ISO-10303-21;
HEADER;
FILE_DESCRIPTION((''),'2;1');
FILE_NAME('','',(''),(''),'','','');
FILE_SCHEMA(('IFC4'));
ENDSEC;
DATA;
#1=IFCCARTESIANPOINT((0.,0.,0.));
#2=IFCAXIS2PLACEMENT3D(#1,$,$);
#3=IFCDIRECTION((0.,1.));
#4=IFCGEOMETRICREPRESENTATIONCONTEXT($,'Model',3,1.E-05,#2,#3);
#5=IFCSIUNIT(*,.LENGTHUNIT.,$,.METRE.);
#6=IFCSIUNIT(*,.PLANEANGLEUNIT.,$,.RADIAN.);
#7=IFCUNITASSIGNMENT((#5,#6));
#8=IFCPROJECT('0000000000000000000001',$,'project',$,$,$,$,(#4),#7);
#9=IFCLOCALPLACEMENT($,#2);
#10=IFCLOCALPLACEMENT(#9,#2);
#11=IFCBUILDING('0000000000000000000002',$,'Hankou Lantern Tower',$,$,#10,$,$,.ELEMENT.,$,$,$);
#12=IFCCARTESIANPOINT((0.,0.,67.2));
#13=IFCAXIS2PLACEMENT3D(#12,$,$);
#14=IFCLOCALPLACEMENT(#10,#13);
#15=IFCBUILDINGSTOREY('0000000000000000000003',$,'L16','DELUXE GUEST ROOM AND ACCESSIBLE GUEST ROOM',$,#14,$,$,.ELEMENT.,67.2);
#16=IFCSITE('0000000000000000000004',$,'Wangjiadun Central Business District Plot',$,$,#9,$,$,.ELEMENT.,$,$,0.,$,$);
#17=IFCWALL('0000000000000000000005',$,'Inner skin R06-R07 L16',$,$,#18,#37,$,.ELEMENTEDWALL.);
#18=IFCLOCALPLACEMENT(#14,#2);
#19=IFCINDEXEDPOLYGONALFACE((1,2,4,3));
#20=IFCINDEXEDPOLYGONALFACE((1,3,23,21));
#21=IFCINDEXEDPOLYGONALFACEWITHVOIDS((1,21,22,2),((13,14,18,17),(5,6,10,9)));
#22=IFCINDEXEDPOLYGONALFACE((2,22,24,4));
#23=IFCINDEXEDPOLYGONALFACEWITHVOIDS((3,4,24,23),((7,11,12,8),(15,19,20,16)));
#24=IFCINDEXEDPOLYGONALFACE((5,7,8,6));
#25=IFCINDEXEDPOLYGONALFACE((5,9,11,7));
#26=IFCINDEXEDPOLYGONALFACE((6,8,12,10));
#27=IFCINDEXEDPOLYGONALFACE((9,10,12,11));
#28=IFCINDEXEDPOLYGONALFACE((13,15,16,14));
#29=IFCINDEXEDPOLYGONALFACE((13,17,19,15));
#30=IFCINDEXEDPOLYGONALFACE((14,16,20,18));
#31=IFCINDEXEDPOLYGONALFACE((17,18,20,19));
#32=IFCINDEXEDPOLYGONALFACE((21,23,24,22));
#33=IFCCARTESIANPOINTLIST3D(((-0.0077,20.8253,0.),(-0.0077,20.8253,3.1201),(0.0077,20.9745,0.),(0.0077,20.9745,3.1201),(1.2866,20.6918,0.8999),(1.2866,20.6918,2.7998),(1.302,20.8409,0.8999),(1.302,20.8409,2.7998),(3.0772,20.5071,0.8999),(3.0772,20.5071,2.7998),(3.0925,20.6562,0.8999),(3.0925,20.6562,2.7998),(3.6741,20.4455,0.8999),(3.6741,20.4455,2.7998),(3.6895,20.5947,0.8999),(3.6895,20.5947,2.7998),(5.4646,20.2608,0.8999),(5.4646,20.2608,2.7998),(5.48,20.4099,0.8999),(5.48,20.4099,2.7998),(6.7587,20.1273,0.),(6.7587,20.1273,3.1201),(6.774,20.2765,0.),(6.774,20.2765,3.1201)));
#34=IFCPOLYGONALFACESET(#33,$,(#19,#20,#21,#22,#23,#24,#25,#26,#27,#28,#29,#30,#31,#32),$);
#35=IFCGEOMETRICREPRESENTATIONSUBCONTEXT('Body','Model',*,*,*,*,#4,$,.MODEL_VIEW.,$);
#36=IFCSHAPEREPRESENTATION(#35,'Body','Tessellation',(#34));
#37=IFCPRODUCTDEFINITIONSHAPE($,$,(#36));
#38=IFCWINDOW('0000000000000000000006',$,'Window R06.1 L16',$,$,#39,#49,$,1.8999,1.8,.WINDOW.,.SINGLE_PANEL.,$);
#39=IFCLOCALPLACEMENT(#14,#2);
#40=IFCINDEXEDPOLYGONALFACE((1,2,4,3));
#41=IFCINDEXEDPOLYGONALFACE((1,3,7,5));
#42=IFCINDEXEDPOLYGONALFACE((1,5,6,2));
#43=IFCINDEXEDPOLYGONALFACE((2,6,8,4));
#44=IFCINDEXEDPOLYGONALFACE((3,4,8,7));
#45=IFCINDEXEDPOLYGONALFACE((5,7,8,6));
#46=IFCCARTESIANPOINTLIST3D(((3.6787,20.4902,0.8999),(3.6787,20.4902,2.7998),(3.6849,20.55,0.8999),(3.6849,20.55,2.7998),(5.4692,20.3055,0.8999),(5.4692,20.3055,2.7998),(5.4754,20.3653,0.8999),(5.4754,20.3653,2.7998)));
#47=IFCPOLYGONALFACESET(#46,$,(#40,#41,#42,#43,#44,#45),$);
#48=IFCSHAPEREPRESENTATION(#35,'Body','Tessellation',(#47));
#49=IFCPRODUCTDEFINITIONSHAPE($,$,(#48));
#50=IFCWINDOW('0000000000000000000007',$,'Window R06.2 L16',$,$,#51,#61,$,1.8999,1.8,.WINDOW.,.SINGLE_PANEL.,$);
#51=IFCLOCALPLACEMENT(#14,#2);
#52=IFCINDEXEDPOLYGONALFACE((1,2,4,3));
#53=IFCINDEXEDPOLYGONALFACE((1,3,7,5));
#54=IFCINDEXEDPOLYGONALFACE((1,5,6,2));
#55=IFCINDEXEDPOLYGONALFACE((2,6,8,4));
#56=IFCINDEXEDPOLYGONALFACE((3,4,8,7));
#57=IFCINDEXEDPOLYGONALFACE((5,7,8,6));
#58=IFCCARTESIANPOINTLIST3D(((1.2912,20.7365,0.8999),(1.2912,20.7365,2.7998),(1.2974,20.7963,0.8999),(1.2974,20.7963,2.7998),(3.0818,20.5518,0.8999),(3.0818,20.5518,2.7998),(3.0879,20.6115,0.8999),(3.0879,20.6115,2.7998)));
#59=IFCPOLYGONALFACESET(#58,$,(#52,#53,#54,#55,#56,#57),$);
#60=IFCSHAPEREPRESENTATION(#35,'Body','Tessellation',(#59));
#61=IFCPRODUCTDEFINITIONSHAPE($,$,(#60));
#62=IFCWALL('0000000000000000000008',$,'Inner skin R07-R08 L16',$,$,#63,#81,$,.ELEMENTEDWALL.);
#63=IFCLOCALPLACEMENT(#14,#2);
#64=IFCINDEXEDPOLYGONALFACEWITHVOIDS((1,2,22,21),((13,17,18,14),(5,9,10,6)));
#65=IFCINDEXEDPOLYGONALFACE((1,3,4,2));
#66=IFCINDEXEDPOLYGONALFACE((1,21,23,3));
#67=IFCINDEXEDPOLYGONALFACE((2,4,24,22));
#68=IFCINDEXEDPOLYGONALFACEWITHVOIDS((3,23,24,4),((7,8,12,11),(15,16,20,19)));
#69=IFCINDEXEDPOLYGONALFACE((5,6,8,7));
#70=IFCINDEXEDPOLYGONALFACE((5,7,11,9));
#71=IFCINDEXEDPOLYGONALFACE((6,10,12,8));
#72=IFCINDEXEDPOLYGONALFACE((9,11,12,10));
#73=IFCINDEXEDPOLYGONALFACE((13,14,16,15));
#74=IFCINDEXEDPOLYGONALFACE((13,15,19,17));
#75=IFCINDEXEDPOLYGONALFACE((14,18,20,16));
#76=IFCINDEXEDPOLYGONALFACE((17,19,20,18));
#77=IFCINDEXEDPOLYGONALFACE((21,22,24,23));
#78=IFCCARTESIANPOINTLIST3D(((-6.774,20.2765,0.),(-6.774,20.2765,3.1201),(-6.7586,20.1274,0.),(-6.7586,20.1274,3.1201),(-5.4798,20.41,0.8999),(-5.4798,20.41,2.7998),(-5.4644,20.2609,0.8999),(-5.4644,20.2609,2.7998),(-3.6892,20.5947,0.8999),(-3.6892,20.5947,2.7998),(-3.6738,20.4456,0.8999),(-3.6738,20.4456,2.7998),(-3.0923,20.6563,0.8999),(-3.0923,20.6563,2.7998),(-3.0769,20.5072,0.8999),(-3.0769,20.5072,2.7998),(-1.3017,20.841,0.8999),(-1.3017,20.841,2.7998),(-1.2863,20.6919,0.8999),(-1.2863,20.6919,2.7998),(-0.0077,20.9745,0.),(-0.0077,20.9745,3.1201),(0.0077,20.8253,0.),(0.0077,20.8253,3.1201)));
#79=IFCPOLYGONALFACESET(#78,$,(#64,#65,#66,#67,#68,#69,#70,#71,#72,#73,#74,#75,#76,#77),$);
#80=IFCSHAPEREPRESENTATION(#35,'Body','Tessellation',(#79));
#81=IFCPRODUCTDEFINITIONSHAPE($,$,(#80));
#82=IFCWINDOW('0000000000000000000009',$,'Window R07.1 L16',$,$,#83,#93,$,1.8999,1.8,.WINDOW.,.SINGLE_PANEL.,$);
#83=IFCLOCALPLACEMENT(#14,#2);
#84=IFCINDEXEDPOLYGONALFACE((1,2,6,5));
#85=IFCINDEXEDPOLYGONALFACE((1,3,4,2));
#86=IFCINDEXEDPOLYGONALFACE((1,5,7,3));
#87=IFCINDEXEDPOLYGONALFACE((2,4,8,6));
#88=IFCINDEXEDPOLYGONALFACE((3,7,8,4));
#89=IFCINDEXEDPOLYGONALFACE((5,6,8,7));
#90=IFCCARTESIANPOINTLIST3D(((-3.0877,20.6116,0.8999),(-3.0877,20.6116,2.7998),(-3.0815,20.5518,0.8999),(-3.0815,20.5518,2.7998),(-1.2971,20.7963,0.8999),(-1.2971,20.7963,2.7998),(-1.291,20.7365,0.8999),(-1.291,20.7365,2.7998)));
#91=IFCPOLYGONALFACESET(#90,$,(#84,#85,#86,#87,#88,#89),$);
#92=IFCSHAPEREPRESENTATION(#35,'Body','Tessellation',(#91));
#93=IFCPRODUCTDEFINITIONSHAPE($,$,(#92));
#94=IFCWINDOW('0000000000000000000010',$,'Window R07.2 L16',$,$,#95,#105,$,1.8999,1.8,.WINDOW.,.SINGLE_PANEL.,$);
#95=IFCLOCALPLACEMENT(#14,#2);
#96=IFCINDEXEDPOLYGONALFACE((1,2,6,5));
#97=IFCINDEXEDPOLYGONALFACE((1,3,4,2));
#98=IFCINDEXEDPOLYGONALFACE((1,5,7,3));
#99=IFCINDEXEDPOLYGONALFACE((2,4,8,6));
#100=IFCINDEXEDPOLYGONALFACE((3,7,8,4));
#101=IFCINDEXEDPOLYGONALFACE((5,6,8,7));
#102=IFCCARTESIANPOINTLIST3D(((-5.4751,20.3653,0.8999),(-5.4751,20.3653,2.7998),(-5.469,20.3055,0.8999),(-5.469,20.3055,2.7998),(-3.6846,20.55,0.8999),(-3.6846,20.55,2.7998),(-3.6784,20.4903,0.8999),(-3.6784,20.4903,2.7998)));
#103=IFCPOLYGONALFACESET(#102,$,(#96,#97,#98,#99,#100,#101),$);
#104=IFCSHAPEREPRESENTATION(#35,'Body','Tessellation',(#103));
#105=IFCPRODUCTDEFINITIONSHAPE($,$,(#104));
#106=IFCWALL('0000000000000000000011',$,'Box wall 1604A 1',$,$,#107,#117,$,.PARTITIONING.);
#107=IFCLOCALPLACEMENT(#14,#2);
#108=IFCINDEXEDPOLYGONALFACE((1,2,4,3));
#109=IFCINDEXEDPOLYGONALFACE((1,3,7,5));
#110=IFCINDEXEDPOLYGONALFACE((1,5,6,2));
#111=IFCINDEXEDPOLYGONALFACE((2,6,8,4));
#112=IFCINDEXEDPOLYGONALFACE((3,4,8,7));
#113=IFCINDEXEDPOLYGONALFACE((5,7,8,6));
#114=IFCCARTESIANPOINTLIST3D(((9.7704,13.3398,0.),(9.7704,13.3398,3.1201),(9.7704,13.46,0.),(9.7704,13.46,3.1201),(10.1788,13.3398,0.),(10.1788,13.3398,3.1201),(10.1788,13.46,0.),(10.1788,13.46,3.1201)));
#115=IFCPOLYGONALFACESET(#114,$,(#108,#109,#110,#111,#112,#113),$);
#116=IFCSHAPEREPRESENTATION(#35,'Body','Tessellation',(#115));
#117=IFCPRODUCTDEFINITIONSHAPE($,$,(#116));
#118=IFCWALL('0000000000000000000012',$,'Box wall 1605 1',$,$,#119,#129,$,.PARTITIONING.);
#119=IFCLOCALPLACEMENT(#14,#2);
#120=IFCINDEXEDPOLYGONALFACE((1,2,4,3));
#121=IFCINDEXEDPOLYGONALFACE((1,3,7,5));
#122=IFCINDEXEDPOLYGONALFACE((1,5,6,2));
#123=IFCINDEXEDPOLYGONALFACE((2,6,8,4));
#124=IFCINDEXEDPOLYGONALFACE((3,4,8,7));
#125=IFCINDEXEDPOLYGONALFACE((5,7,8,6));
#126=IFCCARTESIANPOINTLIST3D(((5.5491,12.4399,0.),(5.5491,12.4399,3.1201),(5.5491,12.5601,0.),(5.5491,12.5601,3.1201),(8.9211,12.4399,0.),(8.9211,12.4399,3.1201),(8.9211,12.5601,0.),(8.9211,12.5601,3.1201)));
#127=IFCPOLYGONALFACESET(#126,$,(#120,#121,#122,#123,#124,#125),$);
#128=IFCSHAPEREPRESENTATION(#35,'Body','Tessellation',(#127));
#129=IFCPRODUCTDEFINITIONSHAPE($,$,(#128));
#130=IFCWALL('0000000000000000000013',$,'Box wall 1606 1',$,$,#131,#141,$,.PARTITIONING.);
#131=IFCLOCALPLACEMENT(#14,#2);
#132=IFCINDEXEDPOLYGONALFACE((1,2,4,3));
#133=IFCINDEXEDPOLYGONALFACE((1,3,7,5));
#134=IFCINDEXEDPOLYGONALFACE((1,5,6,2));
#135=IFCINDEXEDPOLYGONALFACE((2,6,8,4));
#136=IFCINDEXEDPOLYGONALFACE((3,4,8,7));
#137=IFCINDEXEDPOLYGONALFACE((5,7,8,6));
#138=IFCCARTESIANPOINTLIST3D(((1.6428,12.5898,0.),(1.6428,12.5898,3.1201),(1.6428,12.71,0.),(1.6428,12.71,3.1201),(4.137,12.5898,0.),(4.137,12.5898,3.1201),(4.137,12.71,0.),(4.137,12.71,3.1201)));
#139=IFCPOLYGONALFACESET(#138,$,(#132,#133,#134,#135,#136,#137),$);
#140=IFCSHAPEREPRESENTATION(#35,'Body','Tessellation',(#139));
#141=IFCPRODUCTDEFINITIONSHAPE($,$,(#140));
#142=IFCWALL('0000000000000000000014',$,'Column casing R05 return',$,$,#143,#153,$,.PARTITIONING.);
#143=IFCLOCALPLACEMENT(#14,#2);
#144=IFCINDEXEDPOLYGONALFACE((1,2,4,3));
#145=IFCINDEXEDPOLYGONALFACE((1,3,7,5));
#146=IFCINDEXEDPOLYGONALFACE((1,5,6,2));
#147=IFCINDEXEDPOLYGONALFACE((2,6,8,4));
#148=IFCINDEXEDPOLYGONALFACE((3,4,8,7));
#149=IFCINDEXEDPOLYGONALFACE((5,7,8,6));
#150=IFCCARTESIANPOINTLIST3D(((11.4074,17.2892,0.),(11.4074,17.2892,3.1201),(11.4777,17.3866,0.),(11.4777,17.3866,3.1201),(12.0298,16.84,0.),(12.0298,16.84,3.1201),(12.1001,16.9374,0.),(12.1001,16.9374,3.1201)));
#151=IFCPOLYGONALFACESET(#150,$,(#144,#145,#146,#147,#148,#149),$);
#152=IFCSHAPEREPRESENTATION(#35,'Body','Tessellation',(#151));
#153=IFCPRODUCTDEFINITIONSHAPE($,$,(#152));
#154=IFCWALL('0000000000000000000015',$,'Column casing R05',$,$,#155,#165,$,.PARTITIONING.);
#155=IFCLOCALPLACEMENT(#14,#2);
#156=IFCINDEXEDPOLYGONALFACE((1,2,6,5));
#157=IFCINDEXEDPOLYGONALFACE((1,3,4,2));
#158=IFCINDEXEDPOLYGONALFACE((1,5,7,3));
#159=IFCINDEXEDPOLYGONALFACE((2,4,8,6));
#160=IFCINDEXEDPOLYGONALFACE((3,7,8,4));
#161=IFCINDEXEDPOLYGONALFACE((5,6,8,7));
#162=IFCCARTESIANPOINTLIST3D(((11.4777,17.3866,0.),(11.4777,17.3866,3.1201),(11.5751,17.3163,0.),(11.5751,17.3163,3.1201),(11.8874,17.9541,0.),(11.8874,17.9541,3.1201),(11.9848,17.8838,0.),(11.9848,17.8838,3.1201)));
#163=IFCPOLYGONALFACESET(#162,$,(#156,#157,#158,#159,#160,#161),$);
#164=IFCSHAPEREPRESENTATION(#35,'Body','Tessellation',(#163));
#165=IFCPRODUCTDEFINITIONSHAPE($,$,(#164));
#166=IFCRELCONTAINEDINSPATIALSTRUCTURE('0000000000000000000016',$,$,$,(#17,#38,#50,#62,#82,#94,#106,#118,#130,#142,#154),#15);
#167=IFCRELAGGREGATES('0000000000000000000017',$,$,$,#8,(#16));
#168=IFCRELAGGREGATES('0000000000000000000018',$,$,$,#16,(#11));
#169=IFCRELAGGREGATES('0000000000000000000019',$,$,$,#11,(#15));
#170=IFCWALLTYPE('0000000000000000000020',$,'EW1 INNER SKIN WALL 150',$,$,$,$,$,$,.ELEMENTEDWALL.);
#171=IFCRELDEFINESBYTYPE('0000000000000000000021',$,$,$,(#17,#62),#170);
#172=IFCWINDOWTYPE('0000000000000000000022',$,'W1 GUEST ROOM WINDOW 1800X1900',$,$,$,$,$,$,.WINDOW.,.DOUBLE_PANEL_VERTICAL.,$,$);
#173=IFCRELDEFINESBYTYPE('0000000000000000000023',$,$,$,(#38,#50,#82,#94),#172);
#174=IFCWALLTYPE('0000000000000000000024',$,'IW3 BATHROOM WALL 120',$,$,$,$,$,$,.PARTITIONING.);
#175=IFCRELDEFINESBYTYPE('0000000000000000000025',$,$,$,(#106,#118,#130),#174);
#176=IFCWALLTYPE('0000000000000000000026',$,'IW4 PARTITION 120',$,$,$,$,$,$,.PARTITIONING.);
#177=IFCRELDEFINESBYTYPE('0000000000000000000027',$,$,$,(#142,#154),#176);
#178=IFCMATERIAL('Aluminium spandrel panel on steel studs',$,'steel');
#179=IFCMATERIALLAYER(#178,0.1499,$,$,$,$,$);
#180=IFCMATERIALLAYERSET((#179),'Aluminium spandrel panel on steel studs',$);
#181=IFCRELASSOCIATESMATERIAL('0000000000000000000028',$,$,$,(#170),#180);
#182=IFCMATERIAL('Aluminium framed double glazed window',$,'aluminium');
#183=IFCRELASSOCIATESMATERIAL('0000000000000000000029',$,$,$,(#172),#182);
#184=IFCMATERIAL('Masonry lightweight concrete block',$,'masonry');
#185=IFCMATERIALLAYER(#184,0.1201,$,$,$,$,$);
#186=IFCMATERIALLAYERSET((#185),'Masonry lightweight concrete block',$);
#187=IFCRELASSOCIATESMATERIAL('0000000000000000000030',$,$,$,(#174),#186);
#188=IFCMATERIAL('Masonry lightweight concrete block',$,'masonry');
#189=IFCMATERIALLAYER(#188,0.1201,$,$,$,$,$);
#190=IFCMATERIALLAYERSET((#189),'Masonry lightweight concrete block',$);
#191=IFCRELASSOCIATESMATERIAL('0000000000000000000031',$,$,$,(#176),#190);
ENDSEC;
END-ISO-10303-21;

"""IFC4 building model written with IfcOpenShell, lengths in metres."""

from ifc_helpers import new_model, si_unit, direction, frame, frame_2d, origin, place, context, subcontext, project, spatial, rectangle, extrude, material, layer, layer_set, type_object, element, fill, save


model = new_model("IFC4")

# Units and contexts
model_context = context("Model", 3, precision=1e-05, world=origin(), true_north=direction((0.0, 1.0)))
body_context = subcontext(model_context, "Body", "Model", "MODEL_VIEW")
ifc_project = project(units=[si_unit("LENGTHUNIT", "METRE"), si_unit("PLANEANGLEUNIT", "RADIAN")], contexts=[model_context])

# Site, building, storey
site_placement = place(None, origin())
site = spatial("IfcSite", under=ifc_project, at=site_placement, Name="Wangjiadun Central Business District Plot", CompositionType="ELEMENT", RefElevation=0.0)
building_placement = place(site_placement, origin())
building = spatial("IfcBuilding", under=site, at=building_placement, Name="Hankou Lantern Tower", CompositionType="ELEMENT")
storey_placement = place(building_placement, frame((0.0, 0.0, 67.2)))
storey = spatial("IfcBuildingStorey", under=building, at=storey_placement, Name="L16", Description="DELUXE GUEST ROOM AND ACCESSIBLE GUEST ROOM", CompositionType="ELEMENT", Elevation=67.2)

# Walls, openings, windows
ifc_material_1 = material(Name="Aluminium spandrel panel on steel studs", Category="steel")
ifc_layer_1 = layer(ifc_material_1, 0.1499)
ifc_layer_set_1 = layer_set([ifc_layer_1], Name="Aluminium spandrel panel on steel studs")
wall_type_1 = type_object("IfcWallType", Name="EW1 INNER SKIN WALL 150", PredefinedType="ELEMENTEDWALL", material=ifc_layer_set_1)
wall_1_placement = place(storey_placement, frame((6.7664, 20.2019, 0.0), z_axis=(0.0, 0.0, 1.0), x_axis=(-0.994721, 0.102613, 0.0)))
wall_1 = element("IfcWall", 1, at=wall_1_placement, inside=storey, type_object=wall_type_1, Name="Inner skin R06-R07 L16", PredefinedType="ELEMENTEDWALL", context=body_context, shape_type="SweptSolid", body=[
    extrude(rectangle(XDim=6.8022, YDim=0.1499, at=frame_2d((3.4011, 0.0))), origin(), (0.0, 0.0, 1.0), 3.1201),
])
opening_1_placement = place(wall_1_placement, frame((1.301, 0.0, 0.8999)))
opening_1 = element("IfcOpeningElement", 2, at=opening_1_placement, cuts=wall_1, PredefinedType="OPENING", context=body_context, shape_type="SweptSolid", body=[
    extrude(rectangle(XDim=1.8, YDim=1.8999, at=frame_2d((0.8999, 0.95))), frame((0.0, 0.085, 0.0), z_axis=(0.0, -1.0, 0.0), x_axis=(1.0, 0.0, 0.0)), (0.0, 0.0, 1.0), 0.1699),
])
opening_2_placement = place(wall_1_placement, frame((3.7012, 0.0, 0.8999)))
opening_2 = element("IfcOpeningElement", 3, at=opening_2_placement, cuts=wall_1, PredefinedType="OPENING", context=body_context, shape_type="SweptSolid", body=[
    extrude(rectangle(XDim=1.8, YDim=1.8999, at=frame_2d((0.8999, 0.95))), frame((0.0, 0.085, 0.0), z_axis=(0.0, -1.0, 0.0), x_axis=(1.0, 0.0, 0.0)), (0.0, 0.0, 1.0), 0.1699),
])
ifc_material_2 = material(Name="Aluminium framed double glazed window", Category="aluminium")
window_type = type_object("IfcWindowType", Name="W1 GUEST ROOM WINDOW 1800X1900", PartitioningType="DOUBLE_PANEL_VERTICAL", PredefinedType="WINDOW", material=ifc_material_2)
window_1_placement = place(opening_1_placement, origin())
window_1 = element("IfcWindow", 4, at=window_1_placement, inside=storey, type_object=window_type, Name="Window R06.1 L16", OverallHeight=1.8999, OverallWidth=1.8, PartitioningType="SINGLE_PANEL", PredefinedType="WINDOW", context=body_context, shape_type="SweptSolid", body=[
    extrude(rectangle(XDim=1.8, YDim=1.8999, at=frame_2d((0.8999, 0.95))), frame((0.0, 0.03, 0.0), z_axis=(0.0, -1.0, 0.0), x_axis=(1.0, 0.0, 0.0)), (0.0, 0.0, 1.0), 0.0601),
])
fill(opening_1, window_1)
window_2_placement = place(opening_2_placement, origin())
window_2 = element("IfcWindow", 5, at=window_2_placement, inside=storey, type_object=window_type, Name="Window R06.2 L16", OverallHeight=1.8999, OverallWidth=1.8, PartitioningType="SINGLE_PANEL", PredefinedType="WINDOW", context=body_context, shape_type="SweptSolid", body=[
    extrude(rectangle(XDim=1.8, YDim=1.8999, at=frame_2d((0.8999, 0.95))), frame((0.0, 0.03, 0.0), z_axis=(0.0, -1.0, 0.0), x_axis=(1.0, 0.0, 0.0)), (0.0, 0.0, 1.0), 0.0601),
])
fill(opening_2, window_2)
wall_2_placement = place(storey_placement, frame((0.0, 20.8999, 0.0), z_axis=(0.0, 0.0, 1.0), x_axis=(-0.994721, -0.102613, 0.0)))
wall_2 = element("IfcWall", 6, at=wall_2_placement, inside=storey, type_object=wall_type_1, Name="Inner skin R07-R08 L16", PredefinedType="ELEMENTEDWALL", context=body_context, shape_type="SweptSolid", body=[
    extrude(rectangle(XDim=6.8022, YDim=0.1499, at=frame_2d((3.4011, 0.0))), origin(), (0.0, 0.0, 1.0), 3.1201),
])
opening_3_placement = place(wall_2_placement, frame((1.301, 0.0, 0.8999)))
opening_3 = element("IfcOpeningElement", 7, at=opening_3_placement, cuts=wall_2, PredefinedType="OPENING", context=body_context, shape_type="SweptSolid", body=[
    extrude(rectangle(XDim=1.8, YDim=1.8999, at=frame_2d((0.8999, 0.95))), frame((0.0, 0.085, 0.0), z_axis=(0.0, -1.0, 0.0), x_axis=(1.0, 0.0, 0.0)), (0.0, 0.0, 1.0), 0.1699),
])
opening_4_placement = place(wall_2_placement, frame((3.7012, 0.0, 0.8999)))
opening_4 = element("IfcOpeningElement", 8, at=opening_4_placement, cuts=wall_2, PredefinedType="OPENING", context=body_context, shape_type="SweptSolid", body=[
    extrude(rectangle(XDim=1.8, YDim=1.8999, at=frame_2d((0.8999, 0.95))), frame((0.0, 0.085, 0.0), z_axis=(0.0, -1.0, 0.0), x_axis=(1.0, 0.0, 0.0)), (0.0, 0.0, 1.0), 0.1699),
])
window_3_placement = place(opening_3_placement, origin())
window_3 = element("IfcWindow", 9, at=window_3_placement, inside=storey, type_object=window_type, Name="Window R07.1 L16", OverallHeight=1.8999, OverallWidth=1.8, PartitioningType="SINGLE_PANEL", PredefinedType="WINDOW", context=body_context, shape_type="SweptSolid", body=[
    extrude(rectangle(XDim=1.8, YDim=1.8999, at=frame_2d((0.8999, 0.95))), frame((0.0, 0.03, 0.0), z_axis=(0.0, -1.0, 0.0), x_axis=(1.0, 0.0, 0.0)), (0.0, 0.0, 1.0), 0.0601),
])
fill(opening_3, window_3)
window_4_placement = place(opening_4_placement, origin())
window_4 = element("IfcWindow", 10, at=window_4_placement, inside=storey, type_object=window_type, Name="Window R07.2 L16", OverallHeight=1.8999, OverallWidth=1.8, PartitioningType="SINGLE_PANEL", PredefinedType="WINDOW", context=body_context, shape_type="SweptSolid", body=[
    extrude(rectangle(XDim=1.8, YDim=1.8999, at=frame_2d((0.8999, 0.95))), frame((0.0, 0.03, 0.0), z_axis=(0.0, -1.0, 0.0), x_axis=(1.0, 0.0, 0.0)), (0.0, 0.0, 1.0), 0.0601),
])
fill(opening_4, window_4)

# Walls
ifc_material_3 = material(Name="Masonry lightweight concrete block", Category="masonry")
ifc_layer_2 = layer(ifc_material_3, 0.1201)
ifc_layer_set_2 = layer_set([ifc_layer_2], Name="Masonry lightweight concrete block")
wall_type_2 = type_object("IfcWallType", Name="IW3 BATHROOM WALL 120", PredefinedType="PARTITIONING", material=ifc_layer_set_2)
wall_3_placement = place(storey_placement, frame((9.7705, 13.3999, 0.0), z_axis=(0.0, 0.0, 1.0), x_axis=(1.0, 0.0, 0.0)))
element("IfcWall", 11, at=wall_3_placement, inside=storey, type_object=wall_type_2, Name="Box wall 1604A 1", PredefinedType="PARTITIONING", context=body_context, shape_type="SweptSolid", body=[
    extrude(rectangle(XDim=0.4084, YDim=0.1201, at=frame_2d((0.2041, 0.0))), origin(), (0.0, 0.0, 1.0), 3.1201),
])
wall_4_placement = place(storey_placement, frame((8.9211, 12.5, 0.0), z_axis=(0.0, 0.0, 1.0), x_axis=(-1.0, 0.0, 0.0)))
element("IfcWall", 12, at=wall_4_placement, inside=storey, type_object=wall_type_2, Name="Box wall 1605 1", PredefinedType="PARTITIONING", context=body_context, shape_type="SweptSolid", body=[
    extrude(rectangle(XDim=3.3721, YDim=0.1201, at=frame_2d((1.686, 0.0))), origin(), (0.0, 0.0, 1.0), 3.1201),
])
wall_5_placement = place(storey_placement, frame((4.137, 12.6499, 0.0), z_axis=(0.0, 0.0, 1.0), x_axis=(-1.0, 0.0, 0.0)))
element("IfcWall", 13, at=wall_5_placement, inside=storey, type_object=wall_type_2, Name="Box wall 1606 1", PredefinedType="PARTITIONING", context=body_context, shape_type="SweptSolid", body=[
    extrude(rectangle(XDim=2.4941, YDim=0.1201, at=frame_2d((1.2471, 0.0))), origin(), (0.0, 0.0, 1.0), 3.1201),
])
ifc_material_4 = material(Name="Masonry lightweight concrete block", Category="masonry")
ifc_layer_3 = layer(ifc_material_4, 0.1201)
ifc_layer_set_3 = layer_set([ifc_layer_3], Name="Masonry lightweight concrete block")
wall_type_3 = type_object("IfcWallType", Name="IW4 PARTITION 120", PredefinedType="PARTITIONING", material=ifc_layer_set_3)
wall_6_placement = place(storey_placement, frame((12.0649, 16.8887, 0.0), z_axis=(0.0, 0.0, 1.0), x_axis=(-0.810822, 0.585293, 0.0)))
element("IfcWall", 14, at=wall_6_placement, inside=storey, type_object=wall_type_3, Name="Column casing R05 return", PredefinedType="PARTITIONING", context=body_context, shape_type="SweptSolid", body=[
    extrude(rectangle(XDim=0.7676, YDim=0.1201, at=frame_2d((0.3838, 0.0))), origin(), (0.0, 0.0, 1.0), 3.1201),
])
wall_7_placement = place(storey_placement, frame((11.5264, 17.3513, 0.0), z_axis=(0.0, 0.0, 1.0), x_axis=(0.585223, 0.810872, 0.0)))
element("IfcWall", 15, at=wall_7_placement, inside=storey, type_object=wall_type_3, Name="Column casing R05", PredefinedType="PARTITIONING", context=body_context, shape_type="SweptSolid", body=[
    extrude(rectangle(XDim=0.7, YDim=0.1201, at=frame_2d((0.3501, 0.0))), origin(), (0.0, 0.0, 1.0), 3.1201),
])

save(model, "model.ifc")
